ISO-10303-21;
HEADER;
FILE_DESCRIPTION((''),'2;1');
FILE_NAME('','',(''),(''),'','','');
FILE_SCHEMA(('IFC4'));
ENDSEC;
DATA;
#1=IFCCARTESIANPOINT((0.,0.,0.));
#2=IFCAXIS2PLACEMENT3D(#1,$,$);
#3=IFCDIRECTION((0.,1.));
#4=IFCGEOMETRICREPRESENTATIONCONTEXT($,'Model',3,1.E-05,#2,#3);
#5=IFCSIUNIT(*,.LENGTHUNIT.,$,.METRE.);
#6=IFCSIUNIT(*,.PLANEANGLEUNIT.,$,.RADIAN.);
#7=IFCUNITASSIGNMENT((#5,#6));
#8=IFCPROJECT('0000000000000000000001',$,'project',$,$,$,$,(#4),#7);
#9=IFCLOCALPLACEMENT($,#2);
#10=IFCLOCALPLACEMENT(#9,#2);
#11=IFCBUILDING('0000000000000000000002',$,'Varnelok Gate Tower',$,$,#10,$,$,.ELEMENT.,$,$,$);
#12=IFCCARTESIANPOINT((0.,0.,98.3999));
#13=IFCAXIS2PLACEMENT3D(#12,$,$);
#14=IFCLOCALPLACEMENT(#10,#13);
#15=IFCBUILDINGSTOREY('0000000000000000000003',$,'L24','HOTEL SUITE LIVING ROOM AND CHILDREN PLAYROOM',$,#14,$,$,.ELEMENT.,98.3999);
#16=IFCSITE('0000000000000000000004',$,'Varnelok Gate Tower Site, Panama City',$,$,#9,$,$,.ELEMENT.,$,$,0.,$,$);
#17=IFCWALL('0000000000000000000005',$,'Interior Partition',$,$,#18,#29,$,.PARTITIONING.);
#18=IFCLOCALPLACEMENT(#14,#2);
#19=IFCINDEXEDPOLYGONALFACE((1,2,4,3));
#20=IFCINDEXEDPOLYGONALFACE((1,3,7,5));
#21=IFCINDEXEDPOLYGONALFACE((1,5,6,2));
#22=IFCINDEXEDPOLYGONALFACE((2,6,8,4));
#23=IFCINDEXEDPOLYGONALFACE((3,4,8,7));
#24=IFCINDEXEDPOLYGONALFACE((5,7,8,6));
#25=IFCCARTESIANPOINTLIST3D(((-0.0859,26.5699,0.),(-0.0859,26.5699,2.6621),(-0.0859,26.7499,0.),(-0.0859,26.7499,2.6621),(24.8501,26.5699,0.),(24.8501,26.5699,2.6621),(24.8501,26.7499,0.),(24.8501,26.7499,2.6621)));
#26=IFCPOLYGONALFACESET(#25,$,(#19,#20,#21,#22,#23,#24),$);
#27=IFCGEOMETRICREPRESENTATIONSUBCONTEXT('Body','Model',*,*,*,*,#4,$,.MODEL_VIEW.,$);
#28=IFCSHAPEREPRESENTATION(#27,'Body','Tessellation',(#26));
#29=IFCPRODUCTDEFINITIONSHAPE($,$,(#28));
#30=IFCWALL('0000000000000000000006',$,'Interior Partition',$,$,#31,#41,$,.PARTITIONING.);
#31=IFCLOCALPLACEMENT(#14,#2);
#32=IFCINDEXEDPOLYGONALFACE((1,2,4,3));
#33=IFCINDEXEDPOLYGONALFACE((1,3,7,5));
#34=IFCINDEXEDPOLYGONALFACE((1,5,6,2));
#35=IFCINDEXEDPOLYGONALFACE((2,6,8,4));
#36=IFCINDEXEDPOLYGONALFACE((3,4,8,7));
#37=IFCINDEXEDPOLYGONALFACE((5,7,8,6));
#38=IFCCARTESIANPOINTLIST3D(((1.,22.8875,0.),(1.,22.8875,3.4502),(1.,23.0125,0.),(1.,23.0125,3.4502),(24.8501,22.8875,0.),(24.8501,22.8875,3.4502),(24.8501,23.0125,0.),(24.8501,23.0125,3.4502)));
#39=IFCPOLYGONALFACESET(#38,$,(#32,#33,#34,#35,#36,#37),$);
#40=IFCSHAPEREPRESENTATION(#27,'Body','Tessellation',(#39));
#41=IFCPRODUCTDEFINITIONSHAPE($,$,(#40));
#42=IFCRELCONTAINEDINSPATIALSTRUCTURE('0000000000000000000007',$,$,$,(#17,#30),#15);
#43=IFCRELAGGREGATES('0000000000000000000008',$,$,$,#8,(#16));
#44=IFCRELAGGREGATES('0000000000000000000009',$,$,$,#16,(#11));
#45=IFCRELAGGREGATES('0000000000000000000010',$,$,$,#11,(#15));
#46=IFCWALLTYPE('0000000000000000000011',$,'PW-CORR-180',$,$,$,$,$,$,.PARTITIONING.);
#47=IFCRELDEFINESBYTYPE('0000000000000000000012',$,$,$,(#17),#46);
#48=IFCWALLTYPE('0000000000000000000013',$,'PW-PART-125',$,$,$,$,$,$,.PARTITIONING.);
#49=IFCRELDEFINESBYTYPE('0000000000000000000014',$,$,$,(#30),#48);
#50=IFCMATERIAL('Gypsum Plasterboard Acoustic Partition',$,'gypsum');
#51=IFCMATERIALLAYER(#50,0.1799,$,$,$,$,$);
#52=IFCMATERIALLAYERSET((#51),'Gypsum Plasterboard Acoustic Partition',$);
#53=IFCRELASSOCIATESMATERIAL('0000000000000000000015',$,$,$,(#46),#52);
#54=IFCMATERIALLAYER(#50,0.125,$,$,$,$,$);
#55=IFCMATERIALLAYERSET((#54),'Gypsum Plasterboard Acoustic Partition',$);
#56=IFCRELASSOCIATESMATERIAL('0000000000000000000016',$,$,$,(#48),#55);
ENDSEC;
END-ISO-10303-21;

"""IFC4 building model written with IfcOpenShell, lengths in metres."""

from ifc_helpers import new_model, si_unit, direction, frame, frame_2d, origin, place, context, subcontext, project, spatial, rectangle, extrude, material, layer, layer_set, type_object, element, save


model = new_model("IFC4")

# Units and contexts
model_context = context("Model", 3, precision=1e-05, world=origin(), true_north=direction((0.0, 1.0)))
body_context = subcontext(model_context, "Body", "Model", "MODEL_VIEW")
ifc_project = project(units=[si_unit("LENGTHUNIT", "METRE"), si_unit("PLANEANGLEUNIT", "RADIAN")], contexts=[model_context])

# Site, building, storey
site_placement = place(None, origin())
site = spatial("IfcSite", under=ifc_project, at=site_placement, Name="Varnelok Gate Tower Site, Panama City", CompositionType="ELEMENT", RefElevation=0.0)
building_placement = place(site_placement, origin())
building = spatial("IfcBuilding", under=site, at=building_placement, Name="Varnelok Gate Tower", CompositionType="ELEMENT")
storey_placement = place(building_placement, frame((0.0, 0.0, 98.3999)))
storey = spatial("IfcBuildingStorey", under=building, at=storey_placement, Name="L24", Description="HOTEL SUITE LIVING ROOM AND CHILDREN PLAYROOM", CompositionType="ELEMENT", Elevation=98.3999)

# Shared definitions
ifc_material_1 = material(Name="Gypsum Plasterboard Acoustic Partition", Category="gypsum")
ifc_layer_1 = layer(ifc_material_1, 0.1799)
ifc_layer_set_1 = layer_set([ifc_layer_1], Name="Gypsum Plasterboard Acoustic Partition")
wall_type_1 = type_object("IfcWallType", Name="PW-CORR-180", PredefinedType="PARTITIONING", material=ifc_layer_set_1)

# Walls
wall_1_placement = place(storey_placement, frame((-0.0859, 26.6599, 0.0), z_axis=(0.0, 0.0, 1.0), x_axis=(1.0, 0.0, 0.0)))
element("IfcWall", 1, at=wall_1_placement, inside=storey, type_object=wall_type_1, Name="Interior Partition", PredefinedType="PARTITIONING", context=body_context, shape_type="SweptSolid", body=[
    extrude(rectangle(XDim=24.936, YDim=0.1799, at=frame_2d((12.468, 0.0))), origin(), (0.0, 0.0, 1.0), 2.6621),
])
ifc_layer_2 = layer(ifc_material_1, 0.125)
ifc_layer_set_2 = layer_set([ifc_layer_2], Name="Gypsum Plasterboard Acoustic Partition")
wall_type_2 = type_object("IfcWallType", Name="PW-PART-125", PredefinedType="PARTITIONING", material=ifc_layer_set_2)
wall_2_placement = place(storey_placement, frame((1.0, 22.95, 0.0), z_axis=(0.0, 0.0, 1.0), x_axis=(1.0, 0.0, 0.0)))
element("IfcWall", 2, at=wall_2_placement, inside=storey, type_object=wall_type_2, Name="Interior Partition", PredefinedType="PARTITIONING", context=body_context, shape_type="SweptSolid", body=[
    extrude(rectangle(XDim=23.8501, YDim=0.125, at=frame_2d((11.925, 0.0))), origin(), (0.0, 0.0, 1.0), 3.4502),
])

save(model, "model.ifc")
